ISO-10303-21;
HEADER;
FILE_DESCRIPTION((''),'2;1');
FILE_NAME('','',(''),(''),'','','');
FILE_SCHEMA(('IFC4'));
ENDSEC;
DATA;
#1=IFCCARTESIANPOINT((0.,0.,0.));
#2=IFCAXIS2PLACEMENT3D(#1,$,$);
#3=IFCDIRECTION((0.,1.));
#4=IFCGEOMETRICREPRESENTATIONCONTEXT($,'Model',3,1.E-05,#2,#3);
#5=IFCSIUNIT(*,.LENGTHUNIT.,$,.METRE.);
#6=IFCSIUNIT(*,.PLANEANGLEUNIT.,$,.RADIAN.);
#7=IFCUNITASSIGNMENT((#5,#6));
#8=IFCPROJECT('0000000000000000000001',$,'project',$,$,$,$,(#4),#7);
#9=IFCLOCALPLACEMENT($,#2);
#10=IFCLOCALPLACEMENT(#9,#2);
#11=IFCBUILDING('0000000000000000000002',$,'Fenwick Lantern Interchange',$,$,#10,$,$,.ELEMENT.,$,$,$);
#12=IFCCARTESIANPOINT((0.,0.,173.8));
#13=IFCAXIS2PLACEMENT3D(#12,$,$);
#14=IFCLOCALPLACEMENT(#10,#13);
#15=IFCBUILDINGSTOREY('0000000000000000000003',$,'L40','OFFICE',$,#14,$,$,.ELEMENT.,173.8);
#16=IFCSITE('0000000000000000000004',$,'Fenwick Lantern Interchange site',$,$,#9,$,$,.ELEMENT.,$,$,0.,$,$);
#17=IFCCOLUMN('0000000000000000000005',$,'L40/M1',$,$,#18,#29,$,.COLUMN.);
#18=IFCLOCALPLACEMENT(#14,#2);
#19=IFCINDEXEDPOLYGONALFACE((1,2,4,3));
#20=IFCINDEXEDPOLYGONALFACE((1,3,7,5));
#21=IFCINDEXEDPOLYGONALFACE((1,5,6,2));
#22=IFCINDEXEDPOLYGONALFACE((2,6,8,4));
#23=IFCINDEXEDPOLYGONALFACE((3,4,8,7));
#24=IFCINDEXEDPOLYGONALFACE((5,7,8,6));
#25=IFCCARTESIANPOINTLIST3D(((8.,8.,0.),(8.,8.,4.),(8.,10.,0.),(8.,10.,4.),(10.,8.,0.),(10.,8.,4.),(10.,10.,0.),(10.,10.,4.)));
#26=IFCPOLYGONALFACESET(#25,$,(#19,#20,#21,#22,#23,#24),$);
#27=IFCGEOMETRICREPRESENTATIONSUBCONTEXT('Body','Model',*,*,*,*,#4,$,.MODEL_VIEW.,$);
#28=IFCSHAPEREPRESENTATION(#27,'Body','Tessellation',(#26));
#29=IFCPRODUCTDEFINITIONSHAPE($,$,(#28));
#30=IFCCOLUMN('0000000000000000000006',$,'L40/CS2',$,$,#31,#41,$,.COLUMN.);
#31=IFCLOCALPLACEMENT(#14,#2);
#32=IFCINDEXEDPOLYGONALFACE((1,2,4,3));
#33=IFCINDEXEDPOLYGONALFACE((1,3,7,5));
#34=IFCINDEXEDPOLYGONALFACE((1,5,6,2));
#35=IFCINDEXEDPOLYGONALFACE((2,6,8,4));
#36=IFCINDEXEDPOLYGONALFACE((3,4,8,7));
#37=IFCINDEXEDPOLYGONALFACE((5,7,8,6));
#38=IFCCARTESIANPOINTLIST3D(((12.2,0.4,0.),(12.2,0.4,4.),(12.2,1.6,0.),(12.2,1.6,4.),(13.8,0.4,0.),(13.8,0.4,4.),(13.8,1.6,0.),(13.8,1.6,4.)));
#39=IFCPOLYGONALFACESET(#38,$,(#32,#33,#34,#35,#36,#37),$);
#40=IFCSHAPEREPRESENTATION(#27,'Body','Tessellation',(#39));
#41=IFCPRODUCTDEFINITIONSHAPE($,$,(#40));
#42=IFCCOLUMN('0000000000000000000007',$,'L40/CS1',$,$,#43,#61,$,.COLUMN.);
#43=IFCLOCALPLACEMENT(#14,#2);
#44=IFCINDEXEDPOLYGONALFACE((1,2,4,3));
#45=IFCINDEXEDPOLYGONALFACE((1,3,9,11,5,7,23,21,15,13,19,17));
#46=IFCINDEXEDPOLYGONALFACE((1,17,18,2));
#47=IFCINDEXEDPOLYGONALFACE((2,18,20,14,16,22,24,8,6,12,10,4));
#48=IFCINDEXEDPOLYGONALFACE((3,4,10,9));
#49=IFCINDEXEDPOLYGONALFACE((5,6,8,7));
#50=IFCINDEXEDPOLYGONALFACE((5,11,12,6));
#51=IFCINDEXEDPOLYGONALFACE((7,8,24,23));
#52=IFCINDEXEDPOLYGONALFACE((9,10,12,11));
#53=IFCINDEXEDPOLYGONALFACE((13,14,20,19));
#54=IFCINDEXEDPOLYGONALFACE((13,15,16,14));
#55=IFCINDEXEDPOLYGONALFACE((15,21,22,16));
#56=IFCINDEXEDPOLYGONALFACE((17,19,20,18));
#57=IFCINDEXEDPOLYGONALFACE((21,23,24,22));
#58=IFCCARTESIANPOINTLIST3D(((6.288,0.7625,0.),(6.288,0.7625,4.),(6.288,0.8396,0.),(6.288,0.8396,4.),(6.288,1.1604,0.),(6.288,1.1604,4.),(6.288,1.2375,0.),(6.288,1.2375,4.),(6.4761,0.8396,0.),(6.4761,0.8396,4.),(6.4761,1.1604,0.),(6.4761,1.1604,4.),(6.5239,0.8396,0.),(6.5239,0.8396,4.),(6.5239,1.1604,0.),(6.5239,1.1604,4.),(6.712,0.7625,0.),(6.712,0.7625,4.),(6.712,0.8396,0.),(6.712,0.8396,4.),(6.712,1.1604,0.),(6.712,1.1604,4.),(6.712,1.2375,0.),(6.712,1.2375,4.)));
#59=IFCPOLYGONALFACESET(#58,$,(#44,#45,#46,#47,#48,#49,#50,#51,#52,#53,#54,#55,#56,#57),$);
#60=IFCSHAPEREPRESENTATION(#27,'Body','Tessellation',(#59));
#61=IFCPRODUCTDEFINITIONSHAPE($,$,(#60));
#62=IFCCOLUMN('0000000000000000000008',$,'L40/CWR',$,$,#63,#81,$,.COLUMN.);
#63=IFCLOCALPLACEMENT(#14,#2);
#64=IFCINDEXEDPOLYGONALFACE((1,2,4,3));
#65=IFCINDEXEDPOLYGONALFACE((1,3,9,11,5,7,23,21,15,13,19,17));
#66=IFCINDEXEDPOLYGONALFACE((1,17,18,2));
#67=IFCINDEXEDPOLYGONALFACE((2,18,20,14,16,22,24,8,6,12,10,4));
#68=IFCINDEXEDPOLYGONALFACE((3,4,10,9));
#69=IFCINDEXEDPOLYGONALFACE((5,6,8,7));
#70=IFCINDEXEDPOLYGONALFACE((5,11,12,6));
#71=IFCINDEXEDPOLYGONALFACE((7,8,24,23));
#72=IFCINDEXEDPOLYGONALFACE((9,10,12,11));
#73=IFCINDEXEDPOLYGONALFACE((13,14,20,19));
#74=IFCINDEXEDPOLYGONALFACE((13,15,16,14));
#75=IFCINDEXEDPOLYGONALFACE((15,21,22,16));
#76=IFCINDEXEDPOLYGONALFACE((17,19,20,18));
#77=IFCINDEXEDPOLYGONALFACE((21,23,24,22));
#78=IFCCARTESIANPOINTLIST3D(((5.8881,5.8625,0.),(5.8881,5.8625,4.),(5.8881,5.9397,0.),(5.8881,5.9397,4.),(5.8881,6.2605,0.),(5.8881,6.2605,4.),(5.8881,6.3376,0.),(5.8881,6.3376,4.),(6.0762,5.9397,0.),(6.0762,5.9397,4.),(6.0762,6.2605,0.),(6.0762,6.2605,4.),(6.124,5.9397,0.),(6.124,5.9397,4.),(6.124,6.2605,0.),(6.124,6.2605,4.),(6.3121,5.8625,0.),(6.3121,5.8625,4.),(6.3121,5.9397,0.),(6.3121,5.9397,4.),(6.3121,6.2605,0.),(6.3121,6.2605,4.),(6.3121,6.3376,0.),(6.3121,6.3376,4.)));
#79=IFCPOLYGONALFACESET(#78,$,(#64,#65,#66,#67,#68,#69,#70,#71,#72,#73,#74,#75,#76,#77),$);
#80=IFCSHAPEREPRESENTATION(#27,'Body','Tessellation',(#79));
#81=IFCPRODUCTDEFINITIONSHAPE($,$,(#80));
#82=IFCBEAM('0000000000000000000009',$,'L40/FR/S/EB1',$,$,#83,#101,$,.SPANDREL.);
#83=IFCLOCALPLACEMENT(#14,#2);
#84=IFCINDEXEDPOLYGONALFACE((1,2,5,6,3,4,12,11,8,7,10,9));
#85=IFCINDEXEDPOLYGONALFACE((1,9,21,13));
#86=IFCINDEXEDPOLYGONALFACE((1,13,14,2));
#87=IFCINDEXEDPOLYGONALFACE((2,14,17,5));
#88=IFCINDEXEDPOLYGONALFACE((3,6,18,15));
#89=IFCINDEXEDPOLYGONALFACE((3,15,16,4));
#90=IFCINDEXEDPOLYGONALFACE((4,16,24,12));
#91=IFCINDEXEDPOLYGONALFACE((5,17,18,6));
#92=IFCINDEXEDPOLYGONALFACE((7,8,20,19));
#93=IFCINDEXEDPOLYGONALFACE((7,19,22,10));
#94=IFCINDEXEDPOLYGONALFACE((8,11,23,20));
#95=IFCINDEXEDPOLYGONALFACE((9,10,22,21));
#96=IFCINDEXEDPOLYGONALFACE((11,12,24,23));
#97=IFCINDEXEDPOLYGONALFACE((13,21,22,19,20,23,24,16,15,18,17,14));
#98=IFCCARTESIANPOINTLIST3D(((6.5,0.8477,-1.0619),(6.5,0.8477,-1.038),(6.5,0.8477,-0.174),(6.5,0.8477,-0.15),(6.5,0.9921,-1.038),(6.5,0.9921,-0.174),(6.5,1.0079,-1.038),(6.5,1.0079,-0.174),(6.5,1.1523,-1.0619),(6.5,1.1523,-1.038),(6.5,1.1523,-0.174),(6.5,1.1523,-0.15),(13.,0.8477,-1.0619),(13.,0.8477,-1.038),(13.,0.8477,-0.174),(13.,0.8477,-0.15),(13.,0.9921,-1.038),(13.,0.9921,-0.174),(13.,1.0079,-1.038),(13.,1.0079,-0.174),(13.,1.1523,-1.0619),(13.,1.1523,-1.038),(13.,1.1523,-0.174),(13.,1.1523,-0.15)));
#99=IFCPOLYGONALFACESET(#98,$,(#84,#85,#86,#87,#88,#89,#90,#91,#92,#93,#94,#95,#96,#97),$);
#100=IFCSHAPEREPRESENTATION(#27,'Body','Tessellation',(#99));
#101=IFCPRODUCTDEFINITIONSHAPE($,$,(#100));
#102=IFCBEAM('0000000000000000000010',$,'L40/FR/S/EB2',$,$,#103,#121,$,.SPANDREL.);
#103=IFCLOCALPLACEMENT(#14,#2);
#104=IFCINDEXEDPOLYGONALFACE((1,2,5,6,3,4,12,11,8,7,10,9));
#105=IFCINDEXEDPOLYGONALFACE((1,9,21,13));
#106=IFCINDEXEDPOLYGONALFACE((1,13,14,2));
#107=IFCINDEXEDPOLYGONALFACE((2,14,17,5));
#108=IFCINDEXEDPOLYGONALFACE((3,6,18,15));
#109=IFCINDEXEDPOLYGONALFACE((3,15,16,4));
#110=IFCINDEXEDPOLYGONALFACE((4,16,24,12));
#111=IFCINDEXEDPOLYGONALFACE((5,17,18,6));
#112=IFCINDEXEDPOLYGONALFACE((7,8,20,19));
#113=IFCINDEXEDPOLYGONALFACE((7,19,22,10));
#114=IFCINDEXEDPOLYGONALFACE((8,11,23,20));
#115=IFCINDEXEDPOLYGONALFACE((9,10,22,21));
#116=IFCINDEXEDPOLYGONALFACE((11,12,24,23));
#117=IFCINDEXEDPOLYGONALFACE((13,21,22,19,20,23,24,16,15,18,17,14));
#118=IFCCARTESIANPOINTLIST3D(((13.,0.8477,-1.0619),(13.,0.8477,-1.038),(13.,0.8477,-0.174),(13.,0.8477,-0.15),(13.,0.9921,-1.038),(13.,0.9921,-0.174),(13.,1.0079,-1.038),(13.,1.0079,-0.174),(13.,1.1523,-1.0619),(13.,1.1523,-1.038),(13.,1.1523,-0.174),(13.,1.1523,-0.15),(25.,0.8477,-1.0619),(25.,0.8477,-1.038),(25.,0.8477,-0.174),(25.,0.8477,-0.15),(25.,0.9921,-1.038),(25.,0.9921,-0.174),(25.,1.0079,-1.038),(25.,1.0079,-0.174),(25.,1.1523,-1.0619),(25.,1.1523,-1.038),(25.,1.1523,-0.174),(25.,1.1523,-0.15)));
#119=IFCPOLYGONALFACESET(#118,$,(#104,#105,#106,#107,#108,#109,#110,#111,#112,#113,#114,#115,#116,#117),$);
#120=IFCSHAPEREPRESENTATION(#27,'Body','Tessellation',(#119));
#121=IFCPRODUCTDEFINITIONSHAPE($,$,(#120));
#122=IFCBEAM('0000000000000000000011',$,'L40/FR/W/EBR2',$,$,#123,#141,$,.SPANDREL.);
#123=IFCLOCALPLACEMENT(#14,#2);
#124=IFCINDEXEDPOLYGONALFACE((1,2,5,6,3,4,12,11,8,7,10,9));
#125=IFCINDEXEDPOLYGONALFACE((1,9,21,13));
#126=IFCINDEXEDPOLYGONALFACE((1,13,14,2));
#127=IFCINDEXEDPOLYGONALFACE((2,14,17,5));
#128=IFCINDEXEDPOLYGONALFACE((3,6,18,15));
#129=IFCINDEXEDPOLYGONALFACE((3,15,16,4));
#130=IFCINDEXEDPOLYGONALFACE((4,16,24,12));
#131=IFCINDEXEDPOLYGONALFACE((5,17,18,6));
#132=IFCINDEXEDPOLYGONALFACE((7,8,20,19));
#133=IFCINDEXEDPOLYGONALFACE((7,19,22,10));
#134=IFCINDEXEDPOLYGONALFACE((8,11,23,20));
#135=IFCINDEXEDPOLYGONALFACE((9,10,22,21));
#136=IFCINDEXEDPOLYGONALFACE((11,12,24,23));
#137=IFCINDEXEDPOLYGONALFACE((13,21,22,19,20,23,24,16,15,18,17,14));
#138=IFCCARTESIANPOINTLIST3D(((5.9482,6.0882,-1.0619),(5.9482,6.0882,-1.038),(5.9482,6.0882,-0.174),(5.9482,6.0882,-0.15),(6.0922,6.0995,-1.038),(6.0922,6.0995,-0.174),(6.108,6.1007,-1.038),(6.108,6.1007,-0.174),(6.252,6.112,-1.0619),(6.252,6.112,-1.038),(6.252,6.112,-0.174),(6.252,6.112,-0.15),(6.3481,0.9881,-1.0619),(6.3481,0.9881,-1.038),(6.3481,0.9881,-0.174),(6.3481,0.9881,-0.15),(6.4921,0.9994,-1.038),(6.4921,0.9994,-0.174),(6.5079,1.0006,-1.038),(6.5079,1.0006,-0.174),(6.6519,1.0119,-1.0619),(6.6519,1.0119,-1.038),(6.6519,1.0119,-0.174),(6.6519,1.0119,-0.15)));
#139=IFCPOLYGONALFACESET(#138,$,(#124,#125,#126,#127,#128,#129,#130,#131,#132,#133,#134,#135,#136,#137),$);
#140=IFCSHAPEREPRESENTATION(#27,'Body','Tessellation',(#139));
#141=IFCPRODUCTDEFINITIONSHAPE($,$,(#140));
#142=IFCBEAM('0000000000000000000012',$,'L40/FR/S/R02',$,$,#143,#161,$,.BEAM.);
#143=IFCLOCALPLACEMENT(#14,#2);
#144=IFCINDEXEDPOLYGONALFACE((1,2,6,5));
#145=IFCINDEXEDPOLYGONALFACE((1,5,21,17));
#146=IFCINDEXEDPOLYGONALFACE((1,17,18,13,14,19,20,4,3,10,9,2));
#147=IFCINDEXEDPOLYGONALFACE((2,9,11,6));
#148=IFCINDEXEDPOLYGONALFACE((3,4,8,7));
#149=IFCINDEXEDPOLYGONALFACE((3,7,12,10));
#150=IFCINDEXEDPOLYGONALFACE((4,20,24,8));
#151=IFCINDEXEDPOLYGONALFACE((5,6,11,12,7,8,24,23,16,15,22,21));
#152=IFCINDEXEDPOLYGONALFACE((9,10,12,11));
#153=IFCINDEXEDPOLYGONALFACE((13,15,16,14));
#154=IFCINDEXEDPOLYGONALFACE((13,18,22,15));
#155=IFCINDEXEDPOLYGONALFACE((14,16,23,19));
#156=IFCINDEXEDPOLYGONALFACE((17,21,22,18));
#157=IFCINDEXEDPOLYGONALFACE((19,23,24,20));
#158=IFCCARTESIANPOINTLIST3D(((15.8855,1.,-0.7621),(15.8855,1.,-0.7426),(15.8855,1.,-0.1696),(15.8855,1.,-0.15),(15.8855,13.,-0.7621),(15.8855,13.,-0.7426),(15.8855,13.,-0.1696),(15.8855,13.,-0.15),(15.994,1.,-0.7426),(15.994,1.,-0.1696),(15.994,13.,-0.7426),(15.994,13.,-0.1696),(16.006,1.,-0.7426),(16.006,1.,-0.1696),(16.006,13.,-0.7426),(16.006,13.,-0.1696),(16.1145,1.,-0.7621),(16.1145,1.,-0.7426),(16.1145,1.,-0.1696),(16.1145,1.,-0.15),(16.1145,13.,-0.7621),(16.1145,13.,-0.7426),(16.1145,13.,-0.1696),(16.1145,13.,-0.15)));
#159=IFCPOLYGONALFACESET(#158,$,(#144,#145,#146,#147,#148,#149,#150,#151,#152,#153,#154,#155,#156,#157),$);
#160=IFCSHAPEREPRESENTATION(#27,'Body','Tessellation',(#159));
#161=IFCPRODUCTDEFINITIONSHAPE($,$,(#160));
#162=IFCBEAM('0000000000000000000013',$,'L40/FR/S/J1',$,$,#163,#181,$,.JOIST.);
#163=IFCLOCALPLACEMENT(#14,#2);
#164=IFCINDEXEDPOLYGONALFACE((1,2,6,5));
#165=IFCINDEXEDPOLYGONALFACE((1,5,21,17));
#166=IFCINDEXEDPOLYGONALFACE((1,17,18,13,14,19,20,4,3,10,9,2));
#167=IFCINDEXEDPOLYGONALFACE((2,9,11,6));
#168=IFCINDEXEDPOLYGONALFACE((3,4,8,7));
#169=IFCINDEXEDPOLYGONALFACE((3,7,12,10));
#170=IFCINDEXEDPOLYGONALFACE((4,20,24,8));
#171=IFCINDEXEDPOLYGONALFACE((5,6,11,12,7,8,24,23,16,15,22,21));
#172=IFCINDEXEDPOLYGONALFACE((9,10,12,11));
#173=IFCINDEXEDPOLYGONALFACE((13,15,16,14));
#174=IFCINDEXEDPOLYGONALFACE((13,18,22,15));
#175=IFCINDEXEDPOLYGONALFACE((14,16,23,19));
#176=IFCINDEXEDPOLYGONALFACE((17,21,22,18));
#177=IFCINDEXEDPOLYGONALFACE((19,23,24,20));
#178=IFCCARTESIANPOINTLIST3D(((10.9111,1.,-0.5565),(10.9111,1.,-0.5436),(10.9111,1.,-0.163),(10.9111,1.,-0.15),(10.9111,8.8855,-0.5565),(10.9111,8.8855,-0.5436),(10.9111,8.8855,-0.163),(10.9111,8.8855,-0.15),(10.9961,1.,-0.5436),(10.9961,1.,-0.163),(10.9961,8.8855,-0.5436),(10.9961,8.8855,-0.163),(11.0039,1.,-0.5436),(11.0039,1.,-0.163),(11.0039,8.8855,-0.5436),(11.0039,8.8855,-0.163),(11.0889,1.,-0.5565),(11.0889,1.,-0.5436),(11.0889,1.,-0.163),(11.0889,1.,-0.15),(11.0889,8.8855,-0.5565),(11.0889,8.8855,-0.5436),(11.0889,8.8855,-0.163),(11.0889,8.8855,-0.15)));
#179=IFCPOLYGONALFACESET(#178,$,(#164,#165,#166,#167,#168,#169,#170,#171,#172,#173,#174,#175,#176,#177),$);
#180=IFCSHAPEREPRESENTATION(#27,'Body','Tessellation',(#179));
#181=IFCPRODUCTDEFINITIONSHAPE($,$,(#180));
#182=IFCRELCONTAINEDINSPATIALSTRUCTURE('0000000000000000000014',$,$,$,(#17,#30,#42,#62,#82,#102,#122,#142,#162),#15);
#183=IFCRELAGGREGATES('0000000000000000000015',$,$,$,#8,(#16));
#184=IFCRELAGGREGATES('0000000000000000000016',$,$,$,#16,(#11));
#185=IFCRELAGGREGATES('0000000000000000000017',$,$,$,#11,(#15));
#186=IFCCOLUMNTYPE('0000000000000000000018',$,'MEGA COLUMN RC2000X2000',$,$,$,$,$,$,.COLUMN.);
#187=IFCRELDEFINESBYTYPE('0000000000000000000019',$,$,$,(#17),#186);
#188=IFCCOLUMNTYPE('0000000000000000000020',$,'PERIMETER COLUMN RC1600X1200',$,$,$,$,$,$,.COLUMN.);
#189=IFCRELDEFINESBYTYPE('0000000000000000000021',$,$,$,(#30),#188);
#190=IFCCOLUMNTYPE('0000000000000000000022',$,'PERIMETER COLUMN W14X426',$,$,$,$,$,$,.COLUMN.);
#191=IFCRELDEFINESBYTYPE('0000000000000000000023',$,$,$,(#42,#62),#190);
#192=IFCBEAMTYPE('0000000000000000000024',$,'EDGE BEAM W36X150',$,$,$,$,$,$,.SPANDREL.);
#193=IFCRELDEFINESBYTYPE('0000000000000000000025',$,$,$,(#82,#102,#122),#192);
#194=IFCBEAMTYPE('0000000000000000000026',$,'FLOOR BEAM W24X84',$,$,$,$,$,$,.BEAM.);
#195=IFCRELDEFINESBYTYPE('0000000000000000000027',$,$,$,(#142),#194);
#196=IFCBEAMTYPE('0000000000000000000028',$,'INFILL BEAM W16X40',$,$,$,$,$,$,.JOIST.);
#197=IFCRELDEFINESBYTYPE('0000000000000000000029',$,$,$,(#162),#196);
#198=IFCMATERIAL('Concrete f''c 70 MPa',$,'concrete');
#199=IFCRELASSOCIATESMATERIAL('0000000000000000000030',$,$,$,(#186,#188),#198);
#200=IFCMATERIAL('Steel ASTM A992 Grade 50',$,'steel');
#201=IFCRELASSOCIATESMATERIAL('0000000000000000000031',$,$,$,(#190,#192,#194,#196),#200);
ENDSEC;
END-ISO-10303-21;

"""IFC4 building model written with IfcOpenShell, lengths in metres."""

from ifc_helpers import new_model, si_unit, direction, frame, origin, origin_2d, place, context, subcontext, project, spatial, rectangle, i_section, extrude, material, material_profile, profile_set, type_object, element, save


model = new_model("IFC4")

# Units and contexts
model_context = context("Model", 3, precision=1e-05, world=origin(), true_north=direction((0.0, 1.0)))
body_context = subcontext(model_context, "Body", "Model", "MODEL_VIEW")
ifc_project = project(units=[si_unit("LENGTHUNIT", "METRE"), si_unit("PLANEANGLEUNIT", "RADIAN")], contexts=[model_context])

# Site, building, storey
site_placement = place(None, origin())
site = spatial("IfcSite", under=ifc_project, at=site_placement, Name="Fenwick Lantern Interchange site", CompositionType="ELEMENT", RefElevation=0.0)
building_placement = place(site_placement, origin())
building = spatial("IfcBuilding", under=site, at=building_placement, Name="Fenwick Lantern Interchange", CompositionType="ELEMENT")
storey_placement = place(building_placement, frame((0.0, 0.0, 173.8)))
storey = spatial("IfcBuildingStorey", under=building, at=storey_placement, Name="L40", Description="OFFICE", CompositionType="ELEMENT", Elevation=173.8)

# Columns
ifc_material_1 = material(Name="Concrete f'c 70 MPa", Category="concrete")
ifc_material_profile_1 = material_profile(ifc_material_1, rectangle(XDim=2.0, YDim=2.0, at=origin_2d()), Name="RC2000X2000")
ifc_profile_set_1 = profile_set([ifc_material_profile_1], Name="Concrete f'c 70 MPa")
column_type_1 = type_object("IfcColumnType", Name="MEGA COLUMN RC2000X2000", PredefinedType="COLUMN", material=ifc_profile_set_1)
column_1_placement = place(storey_placement, frame((9.0, 9.0, 0.0), z_axis=(0.0, 0.0, 1.0), x_axis=(1.0, 0.0, 0.0)))
element("IfcColumn", 1, at=column_1_placement, inside=storey, type_object=column_type_1, Name="L40/M1", PredefinedType="COLUMN", context=body_context, shape_type="SweptSolid", body=[
    extrude(rectangle(XDim=2.0, YDim=2.0, at=origin_2d()), origin(), (0.0, 0.0, 1.0), 4.0),
])
ifc_material_profile_2 = material_profile(ifc_material_1, rectangle(XDim=1.6001, YDim=1.2, at=origin_2d()), Name="RC1600X1200")
ifc_profile_set_2 = profile_set([ifc_material_profile_2], Name="Concrete f'c 70 MPa")
column_type_2 = type_object("IfcColumnType", Name="PERIMETER COLUMN RC1600X1200", PredefinedType="COLUMN", material=ifc_profile_set_2)
column_2_placement = place(storey_placement, frame((13.0, 1.0, 0.0), z_axis=(0.0, 0.0, 1.0), x_axis=(1.0, 0.0, 0.0)))
element("IfcColumn", 2, at=column_2_placement, inside=storey, type_object=column_type_2, Name="L40/CS2", PredefinedType="COLUMN", context=body_context, shape_type="SweptSolid", body=[
    extrude(rectangle(XDim=1.6001, YDim=1.2, at=origin_2d()), origin(), (0.0, 0.0, 1.0), 4.0),
])
ifc_material_2 = material(Name="Steel ASTM A992 Grade 50", Category="steel")
ifc_material_profile_3 = material_profile(ifc_material_2, i_section(OverallWidth=0.4241, OverallDepth=0.4751, WebThickness=0.0479, FlangeThickness=0.0771, at=origin_2d()), Name="W14X426")
ifc_profile_set_3 = profile_set([ifc_material_profile_3], Name="Steel ASTM A992 Grade 50")
column_type_3 = type_object("IfcColumnType", Name="PERIMETER COLUMN W14X426", PredefinedType="COLUMN", material=ifc_profile_set_3)
for number, where, z_axis, x_axis, name in (
    (3, (6.5, 1.0, 0.0), (0.0, 0.0, 1.0), (1.0, 0.0, 0.0), "L40/CS1"),
    (4, (6.1001, 6.1001, 0.0), (0.0, 0.0, 1.0), (1.0, 0.0, 0.0), "L40/CWR"),
):
    element("IfcColumn", number, at=place(storey_placement, frame(where, z_axis=z_axis, x_axis=x_axis)), inside=storey, type_object=column_type_3, Name=name, PredefinedType="COLUMN", context=body_context, shape_type="SweptSolid", body=[
        extrude(i_section(OverallWidth=0.4241, OverallDepth=0.4751, WebThickness=0.0479, FlangeThickness=0.0771, at=origin_2d()), origin(), (0.0, 0.0, 1.0), 4.0),
    ])

# Beams
ifc_material_profile_4 = material_profile(ifc_material_2, i_section(OverallWidth=0.3047, OverallDepth=0.9119, WebThickness=0.0159, FlangeThickness=0.0239, at=origin_2d()), Name="W36X150")
ifc_profile_set_4 = profile_set([ifc_material_profile_4], Name="Steel ASTM A992 Grade 50")
beam_type_1 = type_object("IfcBeamType", Name="EDGE BEAM W36X150", PredefinedType="SPANDREL", material=ifc_profile_set_4)
beam_1_placement = place(storey_placement, frame((6.5, 1.0, -0.606), z_axis=(1.0, 0.0, 0.0), x_axis=(0.0, 1.0, 0.0)))
element("IfcBeam", 5, at=beam_1_placement, inside=storey, type_object=beam_type_1, Name="L40/FR/S/EB1", PredefinedType="SPANDREL", context=body_context, shape_type="SweptSolid", body=[
    extrude(i_section(OverallWidth=0.3047, OverallDepth=0.9119, WebThickness=0.0159, FlangeThickness=0.0239, at=origin_2d()), origin(), (0.0, 0.0, 1.0), 6.5),
])
beam_2_placement = place(storey_placement, frame((13.0, 1.0, -0.606), z_axis=(1.0, 0.0, 0.0), x_axis=(0.0, 1.0, 0.0)))
element("IfcBeam", 6, at=beam_2_placement, inside=storey, type_object=beam_type_1, Name="L40/FR/S/EB2", PredefinedType="SPANDREL", context=body_context, shape_type="SweptSolid", body=[
    extrude(i_section(OverallWidth=0.3047, OverallDepth=0.9119, WebThickness=0.0159, FlangeThickness=0.0239, at=origin_2d()), origin(), (0.0, 0.0, 1.0), 12.0),
])
beam_3_placement = place(storey_placement, frame((6.1001, 6.1001, -0.606), z_axis=(0.078171, -0.99694, 0.0), x_axis=(0.99694, 0.078171, 0.0)))
element("IfcBeam", 7, at=beam_3_placement, inside=storey, type_object=beam_type_1, Name="L40/FR/W/EBR2", PredefinedType="SPANDREL", context=body_context, shape_type="SweptSolid", body=[
    extrude(i_section(OverallWidth=0.3047, OverallDepth=0.9119, WebThickness=0.0159, FlangeThickness=0.0239, at=origin_2d()), origin(), (0.0, 0.0, 1.0), 5.1157),
])
ifc_material_profile_5 = material_profile(ifc_material_2, i_section(OverallWidth=0.229, OverallDepth=0.6121, WebThickness=0.012, FlangeThickness=0.0195, at=origin_2d()), Name="W24X84")
ifc_profile_set_5 = profile_set([ifc_material_profile_5], Name="Steel ASTM A992 Grade 50")
beam_type_2 = type_object("IfcBeamType", Name="FLOOR BEAM W24X84", PredefinedType="BEAM", material=ifc_profile_set_5)
beam_4_placement = place(storey_placement, frame((16.0, 1.0, -0.4561), z_axis=(0.0, 1.0, 0.0), x_axis=(-1.0, 0.0, 0.0)))
element("IfcBeam", 8, at=beam_4_placement, inside=storey, type_object=beam_type_2, Name="L40/FR/S/R02", PredefinedType="BEAM", context=body_context, shape_type="SweptSolid", body=[
    extrude(i_section(OverallWidth=0.229, OverallDepth=0.6121, WebThickness=0.012, FlangeThickness=0.0195, at=origin_2d()), origin(), (0.0, 0.0, 1.0), 12.0),
])
ifc_material_profile_6 = material_profile(ifc_material_2, i_section(OverallWidth=0.1777, OverallDepth=0.4065, WebThickness=0.0078, FlangeThickness=0.0129, at=origin_2d()), Name="W16X40")
ifc_profile_set_6 = profile_set([ifc_material_profile_6], Name="Steel ASTM A992 Grade 50")
beam_type_3 = type_object("IfcBeamType", Name="INFILL BEAM W16X40", PredefinedType="JOIST", material=ifc_profile_set_6)
beam_5_placement = place(storey_placement, frame((11.0, 1.0, -0.3533), z_axis=(0.0, 1.0, 0.0), x_axis=(-1.0, 0.0, 0.0)))
element("IfcBeam", 9, at=beam_5_placement, inside=storey, type_object=beam_type_3, Name="L40/FR/S/J1", PredefinedType="JOIST", context=body_context, shape_type="SweptSolid", body=[
    extrude(i_section(OverallWidth=0.1777, OverallDepth=0.4065, WebThickness=0.0078, FlangeThickness=0.0129, at=origin_2d()), origin(), (0.0, 0.0, 1.0), 7.8855),
])

save(model, "model.ifc")
